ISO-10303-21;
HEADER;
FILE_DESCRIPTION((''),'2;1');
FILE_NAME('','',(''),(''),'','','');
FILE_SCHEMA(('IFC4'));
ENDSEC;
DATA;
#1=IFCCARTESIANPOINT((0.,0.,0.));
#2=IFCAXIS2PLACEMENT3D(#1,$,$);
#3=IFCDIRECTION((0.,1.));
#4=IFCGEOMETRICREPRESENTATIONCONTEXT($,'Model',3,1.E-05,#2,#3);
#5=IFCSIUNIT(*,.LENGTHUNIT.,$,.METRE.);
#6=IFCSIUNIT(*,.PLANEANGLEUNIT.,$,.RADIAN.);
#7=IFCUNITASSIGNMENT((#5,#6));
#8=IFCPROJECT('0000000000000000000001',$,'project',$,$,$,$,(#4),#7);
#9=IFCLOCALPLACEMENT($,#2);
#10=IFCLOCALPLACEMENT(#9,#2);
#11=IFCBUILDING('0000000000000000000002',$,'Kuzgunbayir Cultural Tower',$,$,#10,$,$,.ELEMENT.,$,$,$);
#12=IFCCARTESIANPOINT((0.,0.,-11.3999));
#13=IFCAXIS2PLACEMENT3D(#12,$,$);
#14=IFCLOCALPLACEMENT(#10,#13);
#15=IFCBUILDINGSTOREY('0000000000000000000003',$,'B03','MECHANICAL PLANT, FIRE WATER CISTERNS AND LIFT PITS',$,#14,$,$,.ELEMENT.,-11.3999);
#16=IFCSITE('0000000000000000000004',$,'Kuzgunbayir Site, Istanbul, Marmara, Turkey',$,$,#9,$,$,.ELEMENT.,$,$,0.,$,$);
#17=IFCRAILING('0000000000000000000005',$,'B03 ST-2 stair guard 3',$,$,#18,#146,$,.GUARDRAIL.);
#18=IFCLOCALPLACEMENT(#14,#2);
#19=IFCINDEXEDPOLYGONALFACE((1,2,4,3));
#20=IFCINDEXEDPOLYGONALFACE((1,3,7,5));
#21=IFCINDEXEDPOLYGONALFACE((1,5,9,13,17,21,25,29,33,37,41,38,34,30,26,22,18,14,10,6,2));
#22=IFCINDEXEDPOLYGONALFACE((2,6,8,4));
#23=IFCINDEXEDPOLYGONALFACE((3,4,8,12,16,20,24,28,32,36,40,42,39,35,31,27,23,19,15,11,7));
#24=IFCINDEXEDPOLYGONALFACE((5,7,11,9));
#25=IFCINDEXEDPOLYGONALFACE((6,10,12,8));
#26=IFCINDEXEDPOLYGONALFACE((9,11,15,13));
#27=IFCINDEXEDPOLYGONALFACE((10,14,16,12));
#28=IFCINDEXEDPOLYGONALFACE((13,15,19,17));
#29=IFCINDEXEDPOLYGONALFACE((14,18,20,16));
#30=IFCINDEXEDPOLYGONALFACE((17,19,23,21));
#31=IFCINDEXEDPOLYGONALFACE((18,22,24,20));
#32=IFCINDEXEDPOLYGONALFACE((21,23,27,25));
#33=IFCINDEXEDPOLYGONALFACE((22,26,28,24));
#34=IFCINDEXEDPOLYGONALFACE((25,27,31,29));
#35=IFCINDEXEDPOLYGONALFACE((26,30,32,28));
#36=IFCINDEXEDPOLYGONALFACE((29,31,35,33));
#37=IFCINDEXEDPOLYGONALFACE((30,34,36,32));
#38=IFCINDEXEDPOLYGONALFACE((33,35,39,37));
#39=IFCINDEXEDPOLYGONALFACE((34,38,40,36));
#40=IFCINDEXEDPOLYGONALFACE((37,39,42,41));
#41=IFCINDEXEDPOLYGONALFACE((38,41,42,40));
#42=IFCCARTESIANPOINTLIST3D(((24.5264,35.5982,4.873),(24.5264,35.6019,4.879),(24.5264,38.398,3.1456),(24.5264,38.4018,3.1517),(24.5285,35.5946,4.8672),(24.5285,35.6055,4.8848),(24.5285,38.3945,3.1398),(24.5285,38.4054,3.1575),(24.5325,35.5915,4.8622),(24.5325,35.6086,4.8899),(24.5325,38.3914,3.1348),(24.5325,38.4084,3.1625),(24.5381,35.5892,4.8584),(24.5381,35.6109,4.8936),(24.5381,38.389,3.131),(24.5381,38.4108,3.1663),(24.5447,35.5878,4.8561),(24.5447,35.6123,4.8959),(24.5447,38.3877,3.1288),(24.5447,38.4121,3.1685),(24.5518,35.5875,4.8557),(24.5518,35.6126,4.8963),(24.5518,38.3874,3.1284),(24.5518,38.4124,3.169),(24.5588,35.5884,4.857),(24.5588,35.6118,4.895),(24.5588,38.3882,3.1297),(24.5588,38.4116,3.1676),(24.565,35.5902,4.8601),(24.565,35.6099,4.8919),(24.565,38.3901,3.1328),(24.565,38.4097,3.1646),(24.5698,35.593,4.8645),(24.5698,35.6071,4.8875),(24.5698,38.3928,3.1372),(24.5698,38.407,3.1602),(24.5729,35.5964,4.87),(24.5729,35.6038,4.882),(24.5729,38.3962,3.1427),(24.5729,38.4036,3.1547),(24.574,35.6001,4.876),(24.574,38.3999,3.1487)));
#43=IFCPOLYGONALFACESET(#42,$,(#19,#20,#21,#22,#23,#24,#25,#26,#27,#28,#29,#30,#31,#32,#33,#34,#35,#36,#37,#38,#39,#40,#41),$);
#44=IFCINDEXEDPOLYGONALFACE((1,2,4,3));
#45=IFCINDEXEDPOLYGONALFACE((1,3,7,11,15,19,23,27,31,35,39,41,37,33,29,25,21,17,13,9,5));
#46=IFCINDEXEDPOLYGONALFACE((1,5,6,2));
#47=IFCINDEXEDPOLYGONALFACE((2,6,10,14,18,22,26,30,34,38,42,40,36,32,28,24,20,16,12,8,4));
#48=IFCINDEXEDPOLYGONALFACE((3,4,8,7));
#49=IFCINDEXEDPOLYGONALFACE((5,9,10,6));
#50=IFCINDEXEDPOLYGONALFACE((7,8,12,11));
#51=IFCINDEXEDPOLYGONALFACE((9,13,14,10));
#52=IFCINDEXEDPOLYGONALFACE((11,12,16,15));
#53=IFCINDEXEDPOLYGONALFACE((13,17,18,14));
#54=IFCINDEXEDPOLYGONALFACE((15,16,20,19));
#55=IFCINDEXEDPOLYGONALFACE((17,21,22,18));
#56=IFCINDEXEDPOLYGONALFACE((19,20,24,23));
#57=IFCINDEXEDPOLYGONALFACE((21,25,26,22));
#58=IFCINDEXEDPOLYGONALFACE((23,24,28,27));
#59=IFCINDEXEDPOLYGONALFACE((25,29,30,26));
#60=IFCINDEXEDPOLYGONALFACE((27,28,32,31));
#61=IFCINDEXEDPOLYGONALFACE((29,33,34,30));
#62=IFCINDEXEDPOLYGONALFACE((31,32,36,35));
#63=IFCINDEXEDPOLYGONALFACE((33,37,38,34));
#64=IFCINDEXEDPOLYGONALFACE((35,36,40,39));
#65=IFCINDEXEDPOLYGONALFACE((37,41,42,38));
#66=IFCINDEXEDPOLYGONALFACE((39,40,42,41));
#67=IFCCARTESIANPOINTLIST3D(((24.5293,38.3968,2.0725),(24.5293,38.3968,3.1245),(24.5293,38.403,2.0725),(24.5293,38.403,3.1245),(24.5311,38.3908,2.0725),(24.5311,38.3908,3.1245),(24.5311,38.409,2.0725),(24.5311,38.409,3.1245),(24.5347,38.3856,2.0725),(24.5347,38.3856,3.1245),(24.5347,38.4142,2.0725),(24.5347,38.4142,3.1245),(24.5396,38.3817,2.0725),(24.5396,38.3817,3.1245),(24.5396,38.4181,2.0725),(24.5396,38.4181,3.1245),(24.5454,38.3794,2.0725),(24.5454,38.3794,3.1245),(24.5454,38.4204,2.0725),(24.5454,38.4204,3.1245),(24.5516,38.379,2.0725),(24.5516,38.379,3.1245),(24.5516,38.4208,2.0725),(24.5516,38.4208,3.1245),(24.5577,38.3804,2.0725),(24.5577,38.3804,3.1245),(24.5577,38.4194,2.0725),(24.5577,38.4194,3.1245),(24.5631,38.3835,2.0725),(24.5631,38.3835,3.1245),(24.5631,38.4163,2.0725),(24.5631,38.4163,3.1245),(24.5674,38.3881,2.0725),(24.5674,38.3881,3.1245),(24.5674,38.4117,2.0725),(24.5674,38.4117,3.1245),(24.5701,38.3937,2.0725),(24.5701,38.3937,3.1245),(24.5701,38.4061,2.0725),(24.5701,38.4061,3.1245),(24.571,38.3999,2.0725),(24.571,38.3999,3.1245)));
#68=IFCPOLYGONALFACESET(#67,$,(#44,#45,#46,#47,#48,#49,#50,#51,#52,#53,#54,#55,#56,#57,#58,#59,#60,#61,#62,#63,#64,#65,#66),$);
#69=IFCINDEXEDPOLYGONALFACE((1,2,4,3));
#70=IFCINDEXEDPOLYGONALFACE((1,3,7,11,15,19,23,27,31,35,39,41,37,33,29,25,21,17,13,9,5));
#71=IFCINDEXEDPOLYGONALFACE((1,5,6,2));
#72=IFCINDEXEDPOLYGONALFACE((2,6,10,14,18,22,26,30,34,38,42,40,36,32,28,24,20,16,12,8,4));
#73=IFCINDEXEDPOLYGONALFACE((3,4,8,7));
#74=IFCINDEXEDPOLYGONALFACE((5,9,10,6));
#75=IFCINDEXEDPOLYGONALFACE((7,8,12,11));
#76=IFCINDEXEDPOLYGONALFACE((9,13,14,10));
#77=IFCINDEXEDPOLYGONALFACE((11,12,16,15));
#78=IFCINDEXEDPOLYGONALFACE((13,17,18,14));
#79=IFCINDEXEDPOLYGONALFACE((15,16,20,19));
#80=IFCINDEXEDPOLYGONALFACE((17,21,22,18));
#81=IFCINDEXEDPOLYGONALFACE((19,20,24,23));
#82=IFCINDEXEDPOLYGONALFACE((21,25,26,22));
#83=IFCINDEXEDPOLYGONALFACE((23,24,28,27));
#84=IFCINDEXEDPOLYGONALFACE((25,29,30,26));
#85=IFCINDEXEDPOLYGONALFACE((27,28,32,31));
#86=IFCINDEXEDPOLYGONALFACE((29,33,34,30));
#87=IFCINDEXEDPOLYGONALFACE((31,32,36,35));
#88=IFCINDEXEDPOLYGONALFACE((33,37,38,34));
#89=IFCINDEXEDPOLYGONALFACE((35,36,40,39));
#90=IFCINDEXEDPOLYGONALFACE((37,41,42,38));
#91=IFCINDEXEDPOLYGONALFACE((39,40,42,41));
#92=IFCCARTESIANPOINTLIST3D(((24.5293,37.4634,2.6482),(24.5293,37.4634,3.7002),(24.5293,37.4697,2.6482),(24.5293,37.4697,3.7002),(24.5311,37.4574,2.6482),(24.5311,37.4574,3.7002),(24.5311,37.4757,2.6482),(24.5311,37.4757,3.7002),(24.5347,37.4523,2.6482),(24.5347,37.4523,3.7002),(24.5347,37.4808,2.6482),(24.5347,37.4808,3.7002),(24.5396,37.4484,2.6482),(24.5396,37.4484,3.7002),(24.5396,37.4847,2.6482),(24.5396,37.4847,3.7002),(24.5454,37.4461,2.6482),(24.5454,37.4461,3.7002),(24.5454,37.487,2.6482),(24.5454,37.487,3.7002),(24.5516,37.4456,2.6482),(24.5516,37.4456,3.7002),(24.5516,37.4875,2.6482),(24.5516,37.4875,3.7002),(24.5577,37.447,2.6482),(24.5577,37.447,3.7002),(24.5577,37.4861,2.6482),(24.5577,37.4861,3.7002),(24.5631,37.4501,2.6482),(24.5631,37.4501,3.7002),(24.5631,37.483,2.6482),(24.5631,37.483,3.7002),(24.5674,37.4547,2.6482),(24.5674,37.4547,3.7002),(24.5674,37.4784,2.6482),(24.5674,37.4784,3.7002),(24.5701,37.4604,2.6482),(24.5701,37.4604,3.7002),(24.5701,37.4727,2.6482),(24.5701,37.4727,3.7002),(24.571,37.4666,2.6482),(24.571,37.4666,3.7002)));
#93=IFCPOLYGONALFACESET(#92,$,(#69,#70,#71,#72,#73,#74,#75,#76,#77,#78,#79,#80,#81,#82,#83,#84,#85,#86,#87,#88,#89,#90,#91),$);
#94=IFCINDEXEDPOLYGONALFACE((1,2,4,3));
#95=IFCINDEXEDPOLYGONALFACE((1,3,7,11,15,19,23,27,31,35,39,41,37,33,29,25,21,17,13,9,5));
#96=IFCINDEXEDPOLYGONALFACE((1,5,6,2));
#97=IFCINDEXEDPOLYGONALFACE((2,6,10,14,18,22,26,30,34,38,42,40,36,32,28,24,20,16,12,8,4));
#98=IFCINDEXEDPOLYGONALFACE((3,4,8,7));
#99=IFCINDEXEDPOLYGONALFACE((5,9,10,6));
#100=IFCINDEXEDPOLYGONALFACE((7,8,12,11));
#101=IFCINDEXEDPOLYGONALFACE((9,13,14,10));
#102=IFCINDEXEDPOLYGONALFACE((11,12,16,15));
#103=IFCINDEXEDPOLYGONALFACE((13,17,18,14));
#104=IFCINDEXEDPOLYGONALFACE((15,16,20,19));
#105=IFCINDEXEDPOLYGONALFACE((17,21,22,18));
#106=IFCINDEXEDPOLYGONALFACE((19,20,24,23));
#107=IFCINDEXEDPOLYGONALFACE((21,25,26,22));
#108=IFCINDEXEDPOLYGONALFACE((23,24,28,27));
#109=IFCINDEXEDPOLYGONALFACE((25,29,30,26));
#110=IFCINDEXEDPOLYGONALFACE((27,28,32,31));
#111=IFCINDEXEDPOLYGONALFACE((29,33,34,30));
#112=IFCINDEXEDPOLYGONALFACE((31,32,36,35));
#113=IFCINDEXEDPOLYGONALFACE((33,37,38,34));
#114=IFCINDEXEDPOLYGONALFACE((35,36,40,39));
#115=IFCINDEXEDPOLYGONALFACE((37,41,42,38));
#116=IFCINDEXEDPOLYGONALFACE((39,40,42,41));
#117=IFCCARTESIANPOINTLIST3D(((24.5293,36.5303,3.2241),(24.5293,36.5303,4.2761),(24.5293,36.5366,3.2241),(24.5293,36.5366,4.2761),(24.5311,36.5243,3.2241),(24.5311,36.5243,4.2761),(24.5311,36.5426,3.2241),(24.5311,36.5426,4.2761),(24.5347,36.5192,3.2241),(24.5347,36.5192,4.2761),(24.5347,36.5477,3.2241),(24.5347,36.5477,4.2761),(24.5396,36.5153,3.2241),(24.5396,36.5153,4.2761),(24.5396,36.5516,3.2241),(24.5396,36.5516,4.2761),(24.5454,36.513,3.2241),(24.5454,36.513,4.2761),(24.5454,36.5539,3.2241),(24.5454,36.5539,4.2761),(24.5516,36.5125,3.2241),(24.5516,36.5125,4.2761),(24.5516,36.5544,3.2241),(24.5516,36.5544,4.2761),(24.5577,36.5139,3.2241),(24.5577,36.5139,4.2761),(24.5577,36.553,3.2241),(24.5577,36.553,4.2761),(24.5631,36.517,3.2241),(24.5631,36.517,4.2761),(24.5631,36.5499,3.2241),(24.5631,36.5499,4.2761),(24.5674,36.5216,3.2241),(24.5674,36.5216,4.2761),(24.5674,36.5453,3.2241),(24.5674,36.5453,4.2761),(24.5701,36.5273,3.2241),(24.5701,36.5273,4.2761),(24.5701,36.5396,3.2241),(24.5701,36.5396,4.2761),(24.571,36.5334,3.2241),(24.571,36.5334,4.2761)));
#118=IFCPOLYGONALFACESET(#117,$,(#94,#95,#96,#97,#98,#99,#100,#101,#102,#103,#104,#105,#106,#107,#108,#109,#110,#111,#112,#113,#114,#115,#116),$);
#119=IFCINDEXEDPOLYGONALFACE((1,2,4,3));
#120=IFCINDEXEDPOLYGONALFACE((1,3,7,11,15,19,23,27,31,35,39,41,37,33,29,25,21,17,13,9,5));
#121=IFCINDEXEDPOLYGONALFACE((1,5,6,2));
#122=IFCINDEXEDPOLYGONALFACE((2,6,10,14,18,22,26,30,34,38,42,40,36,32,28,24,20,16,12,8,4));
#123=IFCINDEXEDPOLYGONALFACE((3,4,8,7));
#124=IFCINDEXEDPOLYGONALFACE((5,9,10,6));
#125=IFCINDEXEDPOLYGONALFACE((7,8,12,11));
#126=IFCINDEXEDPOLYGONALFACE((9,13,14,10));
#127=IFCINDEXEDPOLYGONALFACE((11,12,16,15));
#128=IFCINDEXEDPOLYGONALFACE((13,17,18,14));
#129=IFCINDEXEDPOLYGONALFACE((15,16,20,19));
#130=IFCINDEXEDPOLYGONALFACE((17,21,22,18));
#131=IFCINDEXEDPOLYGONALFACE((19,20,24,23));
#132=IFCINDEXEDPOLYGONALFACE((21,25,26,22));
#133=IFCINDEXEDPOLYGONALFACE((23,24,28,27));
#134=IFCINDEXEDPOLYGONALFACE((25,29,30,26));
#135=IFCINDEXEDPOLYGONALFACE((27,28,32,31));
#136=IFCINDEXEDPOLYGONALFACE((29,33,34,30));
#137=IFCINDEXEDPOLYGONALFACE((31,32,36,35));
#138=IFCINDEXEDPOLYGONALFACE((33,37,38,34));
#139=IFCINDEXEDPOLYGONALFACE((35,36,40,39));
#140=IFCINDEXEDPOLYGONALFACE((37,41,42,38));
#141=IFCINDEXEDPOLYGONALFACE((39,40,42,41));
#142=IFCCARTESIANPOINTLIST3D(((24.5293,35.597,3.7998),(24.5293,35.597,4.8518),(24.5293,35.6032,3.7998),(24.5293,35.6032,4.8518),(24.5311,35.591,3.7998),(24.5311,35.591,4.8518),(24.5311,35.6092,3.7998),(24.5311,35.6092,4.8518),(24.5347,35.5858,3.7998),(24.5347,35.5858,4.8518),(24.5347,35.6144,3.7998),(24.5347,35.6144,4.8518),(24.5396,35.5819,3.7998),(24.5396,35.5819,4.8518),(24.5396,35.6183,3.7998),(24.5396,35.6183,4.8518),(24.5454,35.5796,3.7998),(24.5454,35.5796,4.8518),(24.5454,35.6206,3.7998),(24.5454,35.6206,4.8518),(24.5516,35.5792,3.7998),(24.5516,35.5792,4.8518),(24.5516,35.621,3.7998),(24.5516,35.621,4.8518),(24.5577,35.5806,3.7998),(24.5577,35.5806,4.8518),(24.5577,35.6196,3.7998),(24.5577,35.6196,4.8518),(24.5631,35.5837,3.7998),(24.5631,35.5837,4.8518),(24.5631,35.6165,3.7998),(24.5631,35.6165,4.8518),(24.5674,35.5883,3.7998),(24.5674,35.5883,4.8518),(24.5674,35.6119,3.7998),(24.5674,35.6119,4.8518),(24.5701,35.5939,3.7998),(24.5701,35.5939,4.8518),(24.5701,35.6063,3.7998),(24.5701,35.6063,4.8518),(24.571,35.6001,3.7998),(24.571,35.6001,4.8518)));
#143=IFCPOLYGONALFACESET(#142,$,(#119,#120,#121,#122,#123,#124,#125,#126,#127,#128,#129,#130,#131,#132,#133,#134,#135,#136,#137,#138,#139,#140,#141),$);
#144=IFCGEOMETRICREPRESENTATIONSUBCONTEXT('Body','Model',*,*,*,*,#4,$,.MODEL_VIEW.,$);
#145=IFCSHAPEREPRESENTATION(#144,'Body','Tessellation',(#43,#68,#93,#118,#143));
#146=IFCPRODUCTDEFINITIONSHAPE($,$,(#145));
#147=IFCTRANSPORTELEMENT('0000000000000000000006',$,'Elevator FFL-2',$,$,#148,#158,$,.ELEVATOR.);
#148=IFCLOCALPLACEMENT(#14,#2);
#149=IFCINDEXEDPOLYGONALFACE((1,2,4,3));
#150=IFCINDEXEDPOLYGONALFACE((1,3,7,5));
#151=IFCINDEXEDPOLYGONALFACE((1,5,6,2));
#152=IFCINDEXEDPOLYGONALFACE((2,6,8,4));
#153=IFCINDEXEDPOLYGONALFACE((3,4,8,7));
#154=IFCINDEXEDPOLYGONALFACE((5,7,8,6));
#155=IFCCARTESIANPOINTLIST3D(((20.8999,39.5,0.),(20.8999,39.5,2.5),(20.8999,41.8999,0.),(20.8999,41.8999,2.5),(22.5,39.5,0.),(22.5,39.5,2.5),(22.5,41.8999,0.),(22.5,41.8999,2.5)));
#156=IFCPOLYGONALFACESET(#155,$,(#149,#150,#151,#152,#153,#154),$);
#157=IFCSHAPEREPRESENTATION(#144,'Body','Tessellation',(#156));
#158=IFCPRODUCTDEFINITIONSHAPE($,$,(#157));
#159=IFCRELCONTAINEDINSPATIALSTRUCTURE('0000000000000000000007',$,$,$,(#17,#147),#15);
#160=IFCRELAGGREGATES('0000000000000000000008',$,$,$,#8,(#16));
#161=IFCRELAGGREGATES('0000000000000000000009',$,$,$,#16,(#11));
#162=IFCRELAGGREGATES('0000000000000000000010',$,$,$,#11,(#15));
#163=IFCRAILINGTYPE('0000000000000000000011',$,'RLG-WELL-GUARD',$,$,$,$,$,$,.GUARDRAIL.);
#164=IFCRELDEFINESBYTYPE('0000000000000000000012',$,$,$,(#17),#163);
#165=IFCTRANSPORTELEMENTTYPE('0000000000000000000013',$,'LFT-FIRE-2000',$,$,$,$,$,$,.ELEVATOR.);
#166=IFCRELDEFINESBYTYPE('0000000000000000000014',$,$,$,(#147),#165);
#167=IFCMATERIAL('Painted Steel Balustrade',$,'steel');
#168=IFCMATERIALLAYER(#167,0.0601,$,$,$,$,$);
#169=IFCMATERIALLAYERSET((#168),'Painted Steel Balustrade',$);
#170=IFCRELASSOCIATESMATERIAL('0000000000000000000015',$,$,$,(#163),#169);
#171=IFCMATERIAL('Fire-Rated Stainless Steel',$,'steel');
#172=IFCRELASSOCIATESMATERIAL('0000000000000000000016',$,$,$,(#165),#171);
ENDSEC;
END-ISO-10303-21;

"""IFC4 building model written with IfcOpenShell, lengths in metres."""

from ifc_helpers import new_model, si_unit, direction, frame, origin, origin_2d, place, context, subcontext, project, spatial, rectangle, circle, extrude, material, layer, layer_set, type_object, element, save


model = new_model("IFC4")

# Units and contexts
model_context = context("Model", 3, precision=1e-05, world=origin(), true_north=direction((0.0, 1.0)))
body_context = subcontext(model_context, "Body", "Model", "MODEL_VIEW")
ifc_project = project(units=[si_unit("LENGTHUNIT", "METRE"), si_unit("PLANEANGLEUNIT", "RADIAN")], contexts=[model_context])

# Site, building, storey
site_placement = place(None, origin())
site = spatial("IfcSite", under=ifc_project, at=site_placement, Name="Kuzgunbayir Site, Istanbul, Marmara, Turkey", CompositionType="ELEMENT", RefElevation=0.0)
building_placement = place(site_placement, origin())
building = spatial("IfcBuilding", under=site, at=building_placement, Name="Kuzgunbayir Cultural Tower", CompositionType="ELEMENT")
storey_placement = place(building_placement, frame((0.0, 0.0, -11.3999)))
storey = spatial("IfcBuildingStorey", under=building, at=storey_placement, Name="B03", Description="MECHANICAL PLANT, FIRE WATER CISTERNS AND LIFT PITS", CompositionType="ELEMENT", Elevation=-11.3999)

# Railing
ifc_material_1 = material(Name="Painted Steel Balustrade", Category="steel")
ifc_layer_1 = layer(ifc_material_1, 0.0601)
ifc_layer_set_1 = layer_set([ifc_layer_1], Name="Painted Steel Balustrade")
railing_type_1 = type_object("IfcRailingType", Name="RLG-WELL-GUARD", PredefinedType="GUARDRAIL", material=ifc_layer_set_1)
railing_1_placement = place(storey_placement, frame((24.55, 38.3999, 2.0725)))
element("IfcRailing", 1, at=railing_1_placement, inside=storey, type_object=railing_type_1, Name="B03 ST-2 stair guard 3", PredefinedType="GUARDRAIL", context=body_context, shape_type="SweptSolid", body=[
    extrude(circle(Radius=0.0239, at=origin_2d()), frame((0.0, 0.0, 1.0762), z_axis=(0.0, -0.851069, 0.525054), x_axis=(1.0, 0.0, 0.0)), (0.0, 0.0, 1.0), 3.2898),
    extrude(circle(Radius=0.021, at=origin_2d()), origin(), (0.0, 0.0, 1.0), 1.052),
    extrude(circle(Radius=0.021, at=origin_2d()), frame((0.0, -0.9333, 0.5757)), (0.0, 0.0, 1.0), 1.052),
    extrude(circle(Radius=0.021, at=origin_2d()), frame((0.0, -1.8665, 1.1516)), (0.0, 0.0, 1.0), 1.052),
    extrude(circle(Radius=0.021, at=origin_2d()), frame((0.0, -2.7998, 1.7273)), (0.0, 0.0, 1.0), 1.052),
])

# Transport element
ifc_material_2 = material(Name="Fire-Rated Stainless Steel", Category="steel")
transport_element_type = type_object("IfcTransportElementType", Name="LFT-FIRE-2000", PredefinedType="ELEVATOR", material=ifc_material_2)
transport_element_placement = place(storey_placement, frame((21.7, 40.7, 0.0), z_axis=(0.0, 0.0, 1.0), x_axis=(1.0, 0.0, 0.0)))
element("IfcTransportElement", 2, at=transport_element_placement, inside=storey, type_object=transport_element_type, Name="Elevator FFL-2", PredefinedType="ELEVATOR", context=body_context, shape_type="SweptSolid", body=[
    extrude(rectangle(XDim=1.6001, YDim=2.3999, at=origin_2d()), origin(), (0.0, 0.0, 1.0), 2.5),
])

save(model, "model.ifc")
